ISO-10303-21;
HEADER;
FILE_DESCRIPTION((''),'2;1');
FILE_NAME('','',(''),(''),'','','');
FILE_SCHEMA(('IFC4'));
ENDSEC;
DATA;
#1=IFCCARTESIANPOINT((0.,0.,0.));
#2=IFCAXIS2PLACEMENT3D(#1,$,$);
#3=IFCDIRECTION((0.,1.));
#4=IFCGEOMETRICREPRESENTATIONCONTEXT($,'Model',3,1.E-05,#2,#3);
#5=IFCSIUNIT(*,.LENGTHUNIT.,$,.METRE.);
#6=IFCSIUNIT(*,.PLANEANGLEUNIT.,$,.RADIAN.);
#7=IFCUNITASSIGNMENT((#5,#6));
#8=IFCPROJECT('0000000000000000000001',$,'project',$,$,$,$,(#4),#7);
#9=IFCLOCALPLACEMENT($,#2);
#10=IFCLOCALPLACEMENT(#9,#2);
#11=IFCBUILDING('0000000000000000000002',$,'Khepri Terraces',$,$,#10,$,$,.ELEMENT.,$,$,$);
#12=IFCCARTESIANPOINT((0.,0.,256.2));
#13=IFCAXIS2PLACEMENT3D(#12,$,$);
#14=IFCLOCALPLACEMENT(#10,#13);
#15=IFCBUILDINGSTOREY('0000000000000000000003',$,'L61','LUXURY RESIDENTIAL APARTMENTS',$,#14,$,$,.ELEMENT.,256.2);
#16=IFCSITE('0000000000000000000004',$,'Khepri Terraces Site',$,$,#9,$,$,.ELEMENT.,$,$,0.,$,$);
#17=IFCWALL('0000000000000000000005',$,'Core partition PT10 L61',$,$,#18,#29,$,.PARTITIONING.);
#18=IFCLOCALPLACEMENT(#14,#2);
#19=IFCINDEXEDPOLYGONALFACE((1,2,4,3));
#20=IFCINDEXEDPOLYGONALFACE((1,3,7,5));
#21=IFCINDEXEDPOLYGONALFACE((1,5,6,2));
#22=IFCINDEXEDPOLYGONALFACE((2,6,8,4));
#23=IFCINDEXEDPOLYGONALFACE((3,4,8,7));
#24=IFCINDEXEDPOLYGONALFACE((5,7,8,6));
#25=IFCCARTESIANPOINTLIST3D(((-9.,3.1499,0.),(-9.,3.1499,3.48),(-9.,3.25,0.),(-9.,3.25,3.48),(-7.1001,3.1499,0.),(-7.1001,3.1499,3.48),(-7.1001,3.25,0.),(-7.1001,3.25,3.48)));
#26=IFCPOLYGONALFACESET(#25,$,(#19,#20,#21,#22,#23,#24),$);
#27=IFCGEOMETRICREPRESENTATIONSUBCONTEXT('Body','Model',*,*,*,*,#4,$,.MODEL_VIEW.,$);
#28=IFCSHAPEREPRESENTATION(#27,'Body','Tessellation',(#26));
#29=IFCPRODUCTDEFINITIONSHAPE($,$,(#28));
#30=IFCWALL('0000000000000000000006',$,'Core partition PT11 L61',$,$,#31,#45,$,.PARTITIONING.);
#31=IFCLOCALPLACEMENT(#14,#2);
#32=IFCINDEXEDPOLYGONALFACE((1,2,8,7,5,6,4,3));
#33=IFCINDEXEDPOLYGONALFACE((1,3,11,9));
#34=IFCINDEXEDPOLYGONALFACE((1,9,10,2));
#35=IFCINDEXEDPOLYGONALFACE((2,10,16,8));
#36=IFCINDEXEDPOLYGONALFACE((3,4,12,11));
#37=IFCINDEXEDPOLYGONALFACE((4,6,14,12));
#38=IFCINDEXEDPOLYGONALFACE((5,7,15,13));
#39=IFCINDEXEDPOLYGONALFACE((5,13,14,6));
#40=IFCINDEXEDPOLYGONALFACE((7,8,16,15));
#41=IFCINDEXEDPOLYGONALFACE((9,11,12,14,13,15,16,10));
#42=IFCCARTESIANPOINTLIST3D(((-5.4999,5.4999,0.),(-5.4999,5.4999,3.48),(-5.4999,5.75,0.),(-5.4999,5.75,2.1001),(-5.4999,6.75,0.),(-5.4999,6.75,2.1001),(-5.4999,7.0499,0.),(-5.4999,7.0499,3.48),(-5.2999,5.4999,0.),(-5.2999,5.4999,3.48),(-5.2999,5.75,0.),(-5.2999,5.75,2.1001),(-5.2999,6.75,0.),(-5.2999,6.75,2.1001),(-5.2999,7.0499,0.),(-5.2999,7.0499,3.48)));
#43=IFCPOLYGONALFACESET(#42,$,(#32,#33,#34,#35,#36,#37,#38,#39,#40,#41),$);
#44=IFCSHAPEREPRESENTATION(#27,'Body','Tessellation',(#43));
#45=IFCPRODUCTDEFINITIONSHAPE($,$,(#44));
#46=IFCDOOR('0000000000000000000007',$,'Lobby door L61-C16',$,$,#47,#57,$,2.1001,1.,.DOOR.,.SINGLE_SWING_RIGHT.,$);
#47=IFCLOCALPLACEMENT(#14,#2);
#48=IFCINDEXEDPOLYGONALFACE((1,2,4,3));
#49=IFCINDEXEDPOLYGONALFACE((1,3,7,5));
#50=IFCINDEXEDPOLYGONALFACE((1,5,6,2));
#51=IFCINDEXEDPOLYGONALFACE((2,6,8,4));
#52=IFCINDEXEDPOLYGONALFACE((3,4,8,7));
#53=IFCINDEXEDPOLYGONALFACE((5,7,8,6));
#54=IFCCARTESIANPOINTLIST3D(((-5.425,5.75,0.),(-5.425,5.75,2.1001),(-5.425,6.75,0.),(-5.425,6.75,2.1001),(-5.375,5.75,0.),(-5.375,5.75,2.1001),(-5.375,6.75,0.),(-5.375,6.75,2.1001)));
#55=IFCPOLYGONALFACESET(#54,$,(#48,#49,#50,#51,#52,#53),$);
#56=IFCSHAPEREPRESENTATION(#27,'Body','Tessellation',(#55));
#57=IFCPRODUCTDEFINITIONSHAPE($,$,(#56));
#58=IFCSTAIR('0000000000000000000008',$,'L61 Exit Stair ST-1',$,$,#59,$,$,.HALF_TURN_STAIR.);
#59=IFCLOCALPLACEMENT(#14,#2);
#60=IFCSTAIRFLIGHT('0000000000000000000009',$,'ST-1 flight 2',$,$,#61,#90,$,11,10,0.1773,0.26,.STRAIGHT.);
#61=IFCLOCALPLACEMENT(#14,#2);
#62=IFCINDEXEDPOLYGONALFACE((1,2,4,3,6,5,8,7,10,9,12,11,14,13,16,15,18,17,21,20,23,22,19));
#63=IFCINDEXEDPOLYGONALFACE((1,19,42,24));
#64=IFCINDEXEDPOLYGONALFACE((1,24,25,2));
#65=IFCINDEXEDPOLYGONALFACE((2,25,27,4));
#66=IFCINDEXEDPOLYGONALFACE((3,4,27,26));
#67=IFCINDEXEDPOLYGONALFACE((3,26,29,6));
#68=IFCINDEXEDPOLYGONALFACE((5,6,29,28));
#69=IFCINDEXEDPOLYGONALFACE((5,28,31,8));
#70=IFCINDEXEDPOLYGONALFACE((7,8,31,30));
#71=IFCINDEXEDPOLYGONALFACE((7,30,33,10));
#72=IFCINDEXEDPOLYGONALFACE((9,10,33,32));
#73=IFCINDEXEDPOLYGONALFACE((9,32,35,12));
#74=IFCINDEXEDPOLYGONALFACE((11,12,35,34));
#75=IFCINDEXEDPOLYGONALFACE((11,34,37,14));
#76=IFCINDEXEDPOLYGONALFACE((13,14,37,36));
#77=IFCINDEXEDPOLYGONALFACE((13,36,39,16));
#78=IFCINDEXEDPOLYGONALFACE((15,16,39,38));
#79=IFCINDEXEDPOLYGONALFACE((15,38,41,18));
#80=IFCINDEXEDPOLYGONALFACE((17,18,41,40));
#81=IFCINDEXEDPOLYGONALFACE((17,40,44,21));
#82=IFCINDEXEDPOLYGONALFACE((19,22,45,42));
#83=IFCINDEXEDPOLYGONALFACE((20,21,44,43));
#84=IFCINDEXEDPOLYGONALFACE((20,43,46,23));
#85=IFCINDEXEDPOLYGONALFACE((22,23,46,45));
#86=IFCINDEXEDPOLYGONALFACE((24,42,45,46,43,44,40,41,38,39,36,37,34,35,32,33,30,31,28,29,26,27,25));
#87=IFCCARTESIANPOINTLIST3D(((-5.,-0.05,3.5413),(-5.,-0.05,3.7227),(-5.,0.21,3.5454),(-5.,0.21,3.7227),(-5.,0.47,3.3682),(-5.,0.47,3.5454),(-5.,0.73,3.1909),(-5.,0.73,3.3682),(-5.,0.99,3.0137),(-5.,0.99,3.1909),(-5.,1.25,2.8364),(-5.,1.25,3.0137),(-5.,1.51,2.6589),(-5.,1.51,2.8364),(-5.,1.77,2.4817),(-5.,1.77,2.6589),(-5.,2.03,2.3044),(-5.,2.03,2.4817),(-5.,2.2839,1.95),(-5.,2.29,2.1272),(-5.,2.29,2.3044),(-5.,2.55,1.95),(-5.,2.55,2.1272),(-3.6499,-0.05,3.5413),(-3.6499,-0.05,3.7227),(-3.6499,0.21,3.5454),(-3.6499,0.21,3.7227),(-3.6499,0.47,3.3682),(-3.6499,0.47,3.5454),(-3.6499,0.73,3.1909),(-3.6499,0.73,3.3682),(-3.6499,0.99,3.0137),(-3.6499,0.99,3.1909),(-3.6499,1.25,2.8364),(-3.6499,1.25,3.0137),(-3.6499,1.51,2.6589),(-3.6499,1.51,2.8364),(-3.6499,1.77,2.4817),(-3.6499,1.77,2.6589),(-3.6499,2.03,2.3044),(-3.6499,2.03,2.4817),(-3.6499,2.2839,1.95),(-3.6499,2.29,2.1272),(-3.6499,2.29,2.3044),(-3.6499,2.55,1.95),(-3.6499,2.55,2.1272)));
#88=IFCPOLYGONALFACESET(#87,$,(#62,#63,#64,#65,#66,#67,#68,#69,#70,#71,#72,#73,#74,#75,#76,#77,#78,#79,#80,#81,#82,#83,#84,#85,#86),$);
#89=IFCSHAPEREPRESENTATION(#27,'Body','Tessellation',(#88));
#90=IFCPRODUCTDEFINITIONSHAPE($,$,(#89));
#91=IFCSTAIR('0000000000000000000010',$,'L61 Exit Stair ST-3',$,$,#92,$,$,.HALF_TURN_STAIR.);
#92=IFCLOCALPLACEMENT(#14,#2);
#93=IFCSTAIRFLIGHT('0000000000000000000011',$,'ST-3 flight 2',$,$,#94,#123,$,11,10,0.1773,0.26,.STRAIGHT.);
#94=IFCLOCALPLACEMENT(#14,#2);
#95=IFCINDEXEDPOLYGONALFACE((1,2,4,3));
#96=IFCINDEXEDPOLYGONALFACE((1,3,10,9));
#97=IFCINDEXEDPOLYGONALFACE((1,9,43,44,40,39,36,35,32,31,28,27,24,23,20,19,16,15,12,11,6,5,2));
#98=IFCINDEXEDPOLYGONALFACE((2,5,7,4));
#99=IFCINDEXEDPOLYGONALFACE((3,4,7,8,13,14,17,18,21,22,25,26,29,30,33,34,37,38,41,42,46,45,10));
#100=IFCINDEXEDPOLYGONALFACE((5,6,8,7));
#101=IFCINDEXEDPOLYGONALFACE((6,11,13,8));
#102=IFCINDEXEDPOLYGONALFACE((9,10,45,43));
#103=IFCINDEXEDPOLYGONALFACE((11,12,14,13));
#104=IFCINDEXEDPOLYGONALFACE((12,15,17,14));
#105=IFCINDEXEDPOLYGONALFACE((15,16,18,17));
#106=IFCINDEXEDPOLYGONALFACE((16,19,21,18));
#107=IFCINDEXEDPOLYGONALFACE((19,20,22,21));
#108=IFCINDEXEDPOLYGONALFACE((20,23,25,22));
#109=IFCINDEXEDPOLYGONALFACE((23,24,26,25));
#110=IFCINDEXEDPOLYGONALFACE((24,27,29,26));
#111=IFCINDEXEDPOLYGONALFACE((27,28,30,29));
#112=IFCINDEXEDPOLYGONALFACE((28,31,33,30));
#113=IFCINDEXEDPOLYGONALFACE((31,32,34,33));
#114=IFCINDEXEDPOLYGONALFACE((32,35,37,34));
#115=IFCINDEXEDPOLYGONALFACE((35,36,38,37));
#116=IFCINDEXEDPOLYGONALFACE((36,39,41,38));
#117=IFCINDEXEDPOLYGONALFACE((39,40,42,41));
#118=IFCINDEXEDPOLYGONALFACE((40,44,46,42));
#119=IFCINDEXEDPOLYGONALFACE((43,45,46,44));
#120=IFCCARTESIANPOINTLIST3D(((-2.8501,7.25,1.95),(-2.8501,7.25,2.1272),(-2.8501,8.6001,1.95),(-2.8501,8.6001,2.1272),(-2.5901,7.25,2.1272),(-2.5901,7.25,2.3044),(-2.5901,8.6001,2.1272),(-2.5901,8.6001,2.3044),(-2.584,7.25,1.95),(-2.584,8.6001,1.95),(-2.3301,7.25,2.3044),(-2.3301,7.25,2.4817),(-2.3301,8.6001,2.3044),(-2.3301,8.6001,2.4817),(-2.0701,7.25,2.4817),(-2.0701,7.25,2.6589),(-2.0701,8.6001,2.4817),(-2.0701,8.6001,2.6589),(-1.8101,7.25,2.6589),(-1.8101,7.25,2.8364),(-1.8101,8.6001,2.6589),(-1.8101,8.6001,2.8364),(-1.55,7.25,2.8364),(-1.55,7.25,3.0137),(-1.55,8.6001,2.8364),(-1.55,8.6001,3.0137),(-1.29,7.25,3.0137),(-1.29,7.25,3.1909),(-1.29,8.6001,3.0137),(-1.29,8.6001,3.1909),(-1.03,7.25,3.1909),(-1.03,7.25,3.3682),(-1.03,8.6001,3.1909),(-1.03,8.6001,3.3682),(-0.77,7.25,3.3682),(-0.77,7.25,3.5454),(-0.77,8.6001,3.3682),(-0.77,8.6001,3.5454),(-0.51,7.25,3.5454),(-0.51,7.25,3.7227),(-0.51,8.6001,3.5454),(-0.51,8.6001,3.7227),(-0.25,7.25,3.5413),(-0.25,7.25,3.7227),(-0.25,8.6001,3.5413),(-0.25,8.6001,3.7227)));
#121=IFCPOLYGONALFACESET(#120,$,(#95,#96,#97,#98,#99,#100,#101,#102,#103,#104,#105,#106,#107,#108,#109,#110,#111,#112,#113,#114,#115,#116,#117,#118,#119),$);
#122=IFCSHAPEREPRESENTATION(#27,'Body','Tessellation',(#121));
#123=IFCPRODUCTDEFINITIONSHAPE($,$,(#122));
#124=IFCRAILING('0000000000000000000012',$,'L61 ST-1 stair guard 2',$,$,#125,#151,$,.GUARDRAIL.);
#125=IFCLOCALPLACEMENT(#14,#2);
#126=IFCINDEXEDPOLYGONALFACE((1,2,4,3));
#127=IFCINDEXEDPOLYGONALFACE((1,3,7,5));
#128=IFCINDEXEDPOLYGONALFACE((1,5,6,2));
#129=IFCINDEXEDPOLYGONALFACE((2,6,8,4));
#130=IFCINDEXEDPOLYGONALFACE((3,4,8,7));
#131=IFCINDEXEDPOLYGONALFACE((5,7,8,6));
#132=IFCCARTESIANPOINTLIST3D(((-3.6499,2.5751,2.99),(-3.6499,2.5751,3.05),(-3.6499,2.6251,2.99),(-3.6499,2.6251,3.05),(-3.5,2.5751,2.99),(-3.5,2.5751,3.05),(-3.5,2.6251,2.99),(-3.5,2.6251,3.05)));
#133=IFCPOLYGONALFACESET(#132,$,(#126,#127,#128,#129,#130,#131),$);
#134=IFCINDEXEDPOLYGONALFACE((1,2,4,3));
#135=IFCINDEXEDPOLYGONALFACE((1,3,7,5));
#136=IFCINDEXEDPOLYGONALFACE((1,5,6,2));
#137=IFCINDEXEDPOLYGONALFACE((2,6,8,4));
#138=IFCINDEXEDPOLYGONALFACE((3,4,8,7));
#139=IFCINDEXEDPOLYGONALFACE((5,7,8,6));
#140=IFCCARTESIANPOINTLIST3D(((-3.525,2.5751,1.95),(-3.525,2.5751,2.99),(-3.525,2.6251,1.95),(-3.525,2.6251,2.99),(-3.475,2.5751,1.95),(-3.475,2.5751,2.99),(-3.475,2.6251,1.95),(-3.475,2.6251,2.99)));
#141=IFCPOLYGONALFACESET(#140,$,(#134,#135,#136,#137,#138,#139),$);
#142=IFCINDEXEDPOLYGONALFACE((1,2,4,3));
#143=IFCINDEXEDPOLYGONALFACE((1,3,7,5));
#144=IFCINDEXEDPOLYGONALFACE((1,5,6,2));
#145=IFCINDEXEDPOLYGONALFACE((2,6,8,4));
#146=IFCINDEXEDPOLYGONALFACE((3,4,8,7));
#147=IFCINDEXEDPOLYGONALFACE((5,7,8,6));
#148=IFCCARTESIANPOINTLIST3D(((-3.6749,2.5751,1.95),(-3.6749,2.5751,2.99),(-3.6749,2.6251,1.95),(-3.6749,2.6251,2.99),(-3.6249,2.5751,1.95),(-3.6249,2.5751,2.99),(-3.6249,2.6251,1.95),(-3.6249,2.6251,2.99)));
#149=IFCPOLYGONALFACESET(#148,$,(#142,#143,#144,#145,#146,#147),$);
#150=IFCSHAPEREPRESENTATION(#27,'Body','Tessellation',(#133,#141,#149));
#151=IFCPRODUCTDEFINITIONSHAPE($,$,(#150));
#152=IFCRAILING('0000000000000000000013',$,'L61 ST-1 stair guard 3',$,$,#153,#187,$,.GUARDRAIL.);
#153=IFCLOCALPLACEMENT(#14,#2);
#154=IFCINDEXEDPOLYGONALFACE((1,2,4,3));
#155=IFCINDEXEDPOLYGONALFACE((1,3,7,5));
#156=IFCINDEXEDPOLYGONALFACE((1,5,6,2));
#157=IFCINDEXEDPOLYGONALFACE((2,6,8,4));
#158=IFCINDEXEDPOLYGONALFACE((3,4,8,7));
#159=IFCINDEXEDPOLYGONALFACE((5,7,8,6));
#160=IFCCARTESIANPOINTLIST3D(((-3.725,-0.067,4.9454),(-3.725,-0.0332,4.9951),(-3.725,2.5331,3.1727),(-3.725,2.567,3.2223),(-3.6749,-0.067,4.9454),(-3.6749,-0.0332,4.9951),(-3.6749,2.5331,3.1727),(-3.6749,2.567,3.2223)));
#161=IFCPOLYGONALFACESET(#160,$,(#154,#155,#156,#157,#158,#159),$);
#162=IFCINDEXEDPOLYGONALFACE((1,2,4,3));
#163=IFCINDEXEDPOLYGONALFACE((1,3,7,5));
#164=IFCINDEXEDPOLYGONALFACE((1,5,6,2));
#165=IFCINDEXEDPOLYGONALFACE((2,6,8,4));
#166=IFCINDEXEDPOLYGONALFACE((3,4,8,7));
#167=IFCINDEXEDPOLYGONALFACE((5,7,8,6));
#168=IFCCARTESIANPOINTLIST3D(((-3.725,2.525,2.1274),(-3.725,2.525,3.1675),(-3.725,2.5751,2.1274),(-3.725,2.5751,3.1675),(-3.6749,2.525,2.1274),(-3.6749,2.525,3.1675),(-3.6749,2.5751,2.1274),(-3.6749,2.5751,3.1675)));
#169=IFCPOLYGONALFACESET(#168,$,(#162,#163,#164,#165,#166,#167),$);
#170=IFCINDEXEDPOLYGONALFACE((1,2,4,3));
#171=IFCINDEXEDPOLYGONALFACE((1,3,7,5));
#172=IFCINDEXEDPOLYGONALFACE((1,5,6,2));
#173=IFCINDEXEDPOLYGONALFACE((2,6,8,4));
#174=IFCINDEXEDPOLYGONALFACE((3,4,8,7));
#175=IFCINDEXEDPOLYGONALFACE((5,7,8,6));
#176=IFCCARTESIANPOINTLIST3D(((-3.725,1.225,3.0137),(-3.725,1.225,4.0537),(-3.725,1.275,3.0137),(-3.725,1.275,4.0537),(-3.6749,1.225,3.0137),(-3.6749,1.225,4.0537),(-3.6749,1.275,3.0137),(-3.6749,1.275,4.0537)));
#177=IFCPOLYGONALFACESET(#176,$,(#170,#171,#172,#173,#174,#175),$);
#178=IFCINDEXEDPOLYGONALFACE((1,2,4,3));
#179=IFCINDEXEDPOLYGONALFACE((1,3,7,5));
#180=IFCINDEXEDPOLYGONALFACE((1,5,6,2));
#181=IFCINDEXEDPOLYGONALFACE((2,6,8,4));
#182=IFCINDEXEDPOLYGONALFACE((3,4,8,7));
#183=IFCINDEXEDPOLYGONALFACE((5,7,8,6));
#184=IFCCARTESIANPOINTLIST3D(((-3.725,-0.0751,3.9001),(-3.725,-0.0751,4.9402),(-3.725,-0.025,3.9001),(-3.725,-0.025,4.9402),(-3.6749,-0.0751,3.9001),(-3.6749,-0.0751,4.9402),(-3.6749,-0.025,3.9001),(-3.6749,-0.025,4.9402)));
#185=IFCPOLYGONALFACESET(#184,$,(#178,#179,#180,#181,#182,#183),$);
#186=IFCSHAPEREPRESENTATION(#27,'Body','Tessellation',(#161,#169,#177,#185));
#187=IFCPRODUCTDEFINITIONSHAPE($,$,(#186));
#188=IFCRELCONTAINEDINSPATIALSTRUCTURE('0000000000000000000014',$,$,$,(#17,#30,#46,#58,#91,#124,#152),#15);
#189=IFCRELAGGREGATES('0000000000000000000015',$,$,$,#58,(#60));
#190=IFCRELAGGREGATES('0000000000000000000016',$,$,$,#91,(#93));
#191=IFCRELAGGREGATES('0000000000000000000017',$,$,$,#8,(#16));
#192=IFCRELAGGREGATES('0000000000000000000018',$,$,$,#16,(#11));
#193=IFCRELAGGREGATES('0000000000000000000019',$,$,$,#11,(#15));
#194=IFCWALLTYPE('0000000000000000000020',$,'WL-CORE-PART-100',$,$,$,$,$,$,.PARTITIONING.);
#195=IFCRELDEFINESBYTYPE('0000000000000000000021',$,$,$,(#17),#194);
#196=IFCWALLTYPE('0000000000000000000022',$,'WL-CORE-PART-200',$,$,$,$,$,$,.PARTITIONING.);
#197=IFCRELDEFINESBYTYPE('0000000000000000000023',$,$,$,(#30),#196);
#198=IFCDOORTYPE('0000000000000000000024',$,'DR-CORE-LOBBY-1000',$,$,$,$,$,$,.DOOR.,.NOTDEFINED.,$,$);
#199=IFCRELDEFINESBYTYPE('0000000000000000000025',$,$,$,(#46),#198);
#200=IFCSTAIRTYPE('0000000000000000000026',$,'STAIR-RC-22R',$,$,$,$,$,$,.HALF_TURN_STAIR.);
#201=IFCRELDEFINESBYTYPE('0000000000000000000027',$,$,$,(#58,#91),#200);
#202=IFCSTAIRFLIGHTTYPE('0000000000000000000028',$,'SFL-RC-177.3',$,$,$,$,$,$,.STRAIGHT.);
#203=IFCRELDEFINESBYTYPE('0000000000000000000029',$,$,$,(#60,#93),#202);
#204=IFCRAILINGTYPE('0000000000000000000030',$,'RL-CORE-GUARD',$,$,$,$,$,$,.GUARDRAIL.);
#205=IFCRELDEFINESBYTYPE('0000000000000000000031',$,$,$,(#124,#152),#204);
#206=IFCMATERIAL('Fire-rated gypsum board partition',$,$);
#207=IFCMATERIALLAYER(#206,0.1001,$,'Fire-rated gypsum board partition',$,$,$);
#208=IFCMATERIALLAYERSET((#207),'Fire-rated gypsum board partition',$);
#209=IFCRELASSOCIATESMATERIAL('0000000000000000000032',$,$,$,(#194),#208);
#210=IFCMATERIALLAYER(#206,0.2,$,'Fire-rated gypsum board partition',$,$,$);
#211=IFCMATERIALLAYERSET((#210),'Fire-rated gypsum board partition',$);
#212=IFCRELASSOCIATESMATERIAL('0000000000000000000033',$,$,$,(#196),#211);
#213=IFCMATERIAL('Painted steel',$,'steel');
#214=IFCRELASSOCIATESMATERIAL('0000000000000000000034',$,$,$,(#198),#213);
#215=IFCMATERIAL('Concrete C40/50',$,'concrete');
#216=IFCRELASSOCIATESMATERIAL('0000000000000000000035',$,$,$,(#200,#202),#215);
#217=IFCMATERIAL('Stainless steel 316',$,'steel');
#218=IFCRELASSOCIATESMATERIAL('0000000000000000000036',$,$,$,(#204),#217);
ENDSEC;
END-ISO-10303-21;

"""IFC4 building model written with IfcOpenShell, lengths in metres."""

from ifc_helpers import new_model, si_unit, direction, frame, frame_2d, origin, origin_2d, place, context, subcontext, project, spatial, polyline, rectangle, outline, extrude, material, layer, layer_set, type_object, element, fill, aggregate, save


model = new_model("IFC4")

# Units and contexts
model_context = context("Model", 3, precision=1e-05, world=origin(), true_north=direction((0.0, 1.0)))
body_context = subcontext(model_context, "Body", "Model", "MODEL_VIEW")
ifc_project = project(units=[si_unit("LENGTHUNIT", "METRE"), si_unit("PLANEANGLEUNIT", "RADIAN")], contexts=[model_context])

# Site, building, storey
site_placement = place(None, origin())
site = spatial("IfcSite", under=ifc_project, at=site_placement, Name="Khepri Terraces Site", CompositionType="ELEMENT", RefElevation=0.0)
building_placement = place(site_placement, origin())
building = spatial("IfcBuilding", under=site, at=building_placement, Name="Khepri Terraces", CompositionType="ELEMENT")
storey_placement = place(building_placement, frame((0.0, 0.0, 256.2)))
storey = spatial("IfcBuildingStorey", under=building, at=storey_placement, Name="L61", Description="LUXURY RESIDENTIAL APARTMENTS", CompositionType="ELEMENT", Elevation=256.2)

# Shared definitions
ifc_material_1 = material(Name="Concrete C40/50", Category="concrete")

# Shared definitions
ifc_material_2 = material(Name="Painted steel", Category="steel")

# Wall
ifc_material_3 = material(Name="Fire-rated gypsum board partition")
ifc_layer_1 = layer(ifc_material_3, 0.1001, Name="Fire-rated gypsum board partition")
ifc_layer_set_1 = layer_set([ifc_layer_1], Name="Fire-rated gypsum board partition")
wall_type_1 = type_object("IfcWallType", Name="WL-CORE-PART-100", PredefinedType="PARTITIONING", material=ifc_layer_set_1)
wall_1_placement = place(storey_placement, frame((-9.0, 3.2, 0.0), z_axis=(0.0, 0.0, 1.0), x_axis=(1.0, 0.0, 0.0)))
element("IfcWall", 1, at=wall_1_placement, inside=storey, type_object=wall_type_1, Name="Core partition PT10 L61", PredefinedType="PARTITIONING", context=body_context, shape_type="SweptSolid", body=[
    extrude(rectangle(XDim=1.8999, YDim=0.1001, at=frame_2d((0.95, 0.0))), origin(), (0.0, 0.0, 1.0), 3.48),
])

# Wall, opening, door
ifc_layer_2 = layer(ifc_material_3, 0.2, Name="Fire-rated gypsum board partition")
ifc_layer_set_2 = layer_set([ifc_layer_2], Name="Fire-rated gypsum board partition")
wall_type_2 = type_object("IfcWallType", Name="WL-CORE-PART-200", PredefinedType="PARTITIONING", material=ifc_layer_set_2)
wall_2_placement = place(storey_placement, frame((-5.3999, 5.5, 0.0), z_axis=(0.0, 0.0, 1.0), x_axis=(0.0, 1.0, 0.0)))
wall_2 = element("IfcWall", 2, at=wall_2_placement, inside=storey, type_object=wall_type_2, Name="Core partition PT11 L61", PredefinedType="PARTITIONING", context=body_context, shape_type="SweptSolid", body=[
    extrude(rectangle(XDim=1.55, YDim=0.2, at=frame_2d((0.7749, 0.0))), origin(), (0.0, 0.0, 1.0), 3.48),
])
opening_1_placement = place(wall_2_placement, frame((0.25, 0.0, 0.0)))
opening_1 = element("IfcOpeningElement", 3, at=opening_1_placement, cuts=wall_2, PredefinedType="OPENING", context=body_context, shape_type="SweptSolid", body=[
    extrude(rectangle(XDim=1.0, YDim=2.1001, at=frame_2d((0.5, 1.05))), frame((0.0, 0.1099, 0.0), z_axis=(0.0, -1.0, 0.0), x_axis=(1.0, 0.0, 0.0)), (0.0, 0.0, 1.0), 0.22),
])
door_type_1 = type_object("IfcDoorType", Name="DR-CORE-LOBBY-1000", OperationType="NOTDEFINED", PredefinedType="DOOR", material=ifc_material_2)
door_1_placement = place(opening_1_placement, frame((1.0, 0.0, 0.0), z_axis=(0.0, 0.0, 1.0), x_axis=(-1.0, 0.0, 0.0)))
door_1 = element("IfcDoor", 4, at=door_1_placement, inside=storey, type_object=door_type_1, Name="Lobby door L61-C16", OperationType="SINGLE_SWING_RIGHT", OverallHeight=2.1001, OverallWidth=1.0, PredefinedType="DOOR", context=body_context, shape_type="SweptSolid", body=[
    extrude(rectangle(XDim=1.0, YDim=2.1001, at=frame_2d((0.5, 1.05))), frame((0.0, 0.0249, 0.0), z_axis=(0.0, -1.0, 0.0), x_axis=(1.0, 0.0, 0.0)), (0.0, 0.0, 1.0), 0.05),
])
fill(opening_1, door_1)

# Stairs, stair flights
stair_type = type_object("IfcStairType", Name="STAIR-RC-22R", PredefinedType="HALF_TURN_STAIR", material=ifc_material_1)
stair_1_placement = place(storey_placement, origin())
stair_1 = element("IfcStair", 5, at=stair_1_placement, inside=storey, type_object=stair_type, Name="L61 Exit Stair ST-1", PredefinedType="HALF_TURN_STAIR")
stair_flight_type = type_object("IfcStairFlightType", Name="SFL-RC-177.3", PredefinedType="STRAIGHT", material=ifc_material_1)
stair_flight_1_placement = place(storey_placement, frame((-4.325, 2.55, 1.95), z_axis=(0.0, 0.0, 1.0), x_axis=(0.0, -1.0, 0.0)))
stair_flight_1 = element("IfcStairFlight", 6, at=stair_flight_1_placement, type_object=stair_flight_type, Name="ST-1 flight 2", NumberOfRisers=11, NumberOfTreads=10, PredefinedType="STRAIGHT", RiserHeight=0.1773, TreadLength=0.26, context=body_context, shape_type="SweptSolid", body=[
    extrude(outline(polyline([(0.0, 0.0), (0.0, 0.1772), (0.26, 0.1772), (0.26, 0.3545), (0.52, 0.3545), (0.52, 0.5317), (0.78, 0.5317), (0.78, 0.709), (1.04, 0.709), (1.04, 0.8865), (1.3, 0.8865), (1.3, 1.0637), (1.5601, 1.0637), (1.5601, 1.241), (1.8201, 1.241), (1.8201, 1.4182), (2.0801, 1.4182), (2.0801, 1.5955), (2.3401, 1.5955), (2.3401, 1.7727), (2.6001, 1.7727), (2.6001, 1.95), (2.6001, 1.5913), (0.2661, 0.0), (0.0, 0.0)])), frame((0.0, 0.675, 0.0), z_axis=(0.0, -1.0, 0.0), x_axis=(1.0, 0.0, 0.0)), (0.0, 0.0, 1.0), 1.3501),
])
aggregate(stair_1, [stair_flight_1])
stair_2_placement = place(storey_placement, origin())
stair_2 = element("IfcStair", 7, at=stair_2_placement, inside=storey, type_object=stair_type, Name="L61 Exit Stair ST-3", PredefinedType="HALF_TURN_STAIR")
stair_flight_2_placement = place(storey_placement, frame((-2.8501, 7.925, 1.95), z_axis=(0.0, 0.0, 1.0), x_axis=(1.0, 0.0, 0.0)))
stair_flight_2 = element("IfcStairFlight", 8, at=stair_flight_2_placement, type_object=stair_flight_type, Name="ST-3 flight 2", NumberOfRisers=11, NumberOfTreads=10, PredefinedType="STRAIGHT", RiserHeight=0.1773, TreadLength=0.26, context=body_context, shape_type="SweptSolid", body=[
    extrude(outline(polyline([(0.0, 0.0), (0.0, 0.1772), (0.26, 0.1772), (0.26, 0.3545), (0.52, 0.3545), (0.52, 0.5317), (0.78, 0.5317), (0.78, 0.709), (1.04, 0.709), (1.04, 0.8865), (1.3, 0.8865), (1.3, 1.0637), (1.5601, 1.0637), (1.5601, 1.241), (1.8201, 1.241), (1.8201, 1.4182), (2.0801, 1.4182), (2.0801, 1.5955), (2.3401, 1.5955), (2.3401, 1.7727), (2.6001, 1.7727), (2.6001, 1.95), (2.6001, 1.5913), (0.2661, 0.0), (0.0, 0.0)])), frame((0.0, 0.675, 0.0), z_axis=(0.0, -1.0, 0.0), x_axis=(1.0, 0.0, 0.0)), (0.0, 0.0, 1.0), 1.3501),
])
aggregate(stair_2, [stair_flight_2])

# Railings
ifc_material_4 = material(Name="Stainless steel 316", Category="steel")
railing_type_1 = type_object("IfcRailingType", Name="RL-CORE-GUARD", PredefinedType="GUARDRAIL", material=ifc_material_4)
railing_1_placement = place(storey_placement, frame((-3.5, 2.6001, 1.95)))
element("IfcRailing", 9, at=railing_1_placement, inside=storey, type_object=railing_type_1, Name="L61 ST-1 stair guard 2", PredefinedType="GUARDRAIL", context=body_context, shape_type="SweptSolid", body=[
    extrude(rectangle(XDim=0.05, YDim=0.0601, at=origin_2d()), frame((0.0, 0.0, 1.0701), z_axis=(-1.0, 0.0, 0.0), x_axis=(0.0, -1.0, 0.0)), (0.0, 0.0, 1.0), 0.1499),
    extrude(rectangle(XDim=0.05, YDim=0.05, at=origin_2d()), origin(), (0.0, 0.0, 1.0), 1.04),
    extrude(rectangle(XDim=0.05, YDim=0.05, at=origin_2d()), frame((-0.1499, 0.0, 0.0)), (0.0, 0.0, 1.0), 1.04),
])
railing_2_placement = place(storey_placement, frame((-3.7, 2.55, 2.1274)))
element("IfcRailing", 10, at=railing_2_placement, inside=storey, type_object=railing_type_1, Name="L61 ST-1 stair guard 3", PredefinedType="GUARDRAIL", context=body_context, shape_type="SweptSolid", body=[
    extrude(rectangle(XDim=0.05, YDim=0.0601, at=origin_2d()), frame((0.0, 0.0, 1.0701), z_axis=(0.0, -0.82624, 0.563318), x_axis=(1.0, 0.0, 0.0)), (0.0, 0.0, 1.0), 3.147),
    extrude(rectangle(XDim=0.05, YDim=0.05, at=origin_2d()), origin(), (0.0, 0.0, 1.0), 1.04),
    extrude(rectangle(XDim=0.05, YDim=0.05, at=origin_2d()), frame((0.0, -1.3, 0.8862)), (0.0, 0.0, 1.0), 1.04),
    extrude(rectangle(XDim=0.05, YDim=0.05, at=origin_2d()), frame((0.0, -2.6001, 1.7727)), (0.0, 0.0, 1.0), 1.04),
])

save(model, "model.ifc")
